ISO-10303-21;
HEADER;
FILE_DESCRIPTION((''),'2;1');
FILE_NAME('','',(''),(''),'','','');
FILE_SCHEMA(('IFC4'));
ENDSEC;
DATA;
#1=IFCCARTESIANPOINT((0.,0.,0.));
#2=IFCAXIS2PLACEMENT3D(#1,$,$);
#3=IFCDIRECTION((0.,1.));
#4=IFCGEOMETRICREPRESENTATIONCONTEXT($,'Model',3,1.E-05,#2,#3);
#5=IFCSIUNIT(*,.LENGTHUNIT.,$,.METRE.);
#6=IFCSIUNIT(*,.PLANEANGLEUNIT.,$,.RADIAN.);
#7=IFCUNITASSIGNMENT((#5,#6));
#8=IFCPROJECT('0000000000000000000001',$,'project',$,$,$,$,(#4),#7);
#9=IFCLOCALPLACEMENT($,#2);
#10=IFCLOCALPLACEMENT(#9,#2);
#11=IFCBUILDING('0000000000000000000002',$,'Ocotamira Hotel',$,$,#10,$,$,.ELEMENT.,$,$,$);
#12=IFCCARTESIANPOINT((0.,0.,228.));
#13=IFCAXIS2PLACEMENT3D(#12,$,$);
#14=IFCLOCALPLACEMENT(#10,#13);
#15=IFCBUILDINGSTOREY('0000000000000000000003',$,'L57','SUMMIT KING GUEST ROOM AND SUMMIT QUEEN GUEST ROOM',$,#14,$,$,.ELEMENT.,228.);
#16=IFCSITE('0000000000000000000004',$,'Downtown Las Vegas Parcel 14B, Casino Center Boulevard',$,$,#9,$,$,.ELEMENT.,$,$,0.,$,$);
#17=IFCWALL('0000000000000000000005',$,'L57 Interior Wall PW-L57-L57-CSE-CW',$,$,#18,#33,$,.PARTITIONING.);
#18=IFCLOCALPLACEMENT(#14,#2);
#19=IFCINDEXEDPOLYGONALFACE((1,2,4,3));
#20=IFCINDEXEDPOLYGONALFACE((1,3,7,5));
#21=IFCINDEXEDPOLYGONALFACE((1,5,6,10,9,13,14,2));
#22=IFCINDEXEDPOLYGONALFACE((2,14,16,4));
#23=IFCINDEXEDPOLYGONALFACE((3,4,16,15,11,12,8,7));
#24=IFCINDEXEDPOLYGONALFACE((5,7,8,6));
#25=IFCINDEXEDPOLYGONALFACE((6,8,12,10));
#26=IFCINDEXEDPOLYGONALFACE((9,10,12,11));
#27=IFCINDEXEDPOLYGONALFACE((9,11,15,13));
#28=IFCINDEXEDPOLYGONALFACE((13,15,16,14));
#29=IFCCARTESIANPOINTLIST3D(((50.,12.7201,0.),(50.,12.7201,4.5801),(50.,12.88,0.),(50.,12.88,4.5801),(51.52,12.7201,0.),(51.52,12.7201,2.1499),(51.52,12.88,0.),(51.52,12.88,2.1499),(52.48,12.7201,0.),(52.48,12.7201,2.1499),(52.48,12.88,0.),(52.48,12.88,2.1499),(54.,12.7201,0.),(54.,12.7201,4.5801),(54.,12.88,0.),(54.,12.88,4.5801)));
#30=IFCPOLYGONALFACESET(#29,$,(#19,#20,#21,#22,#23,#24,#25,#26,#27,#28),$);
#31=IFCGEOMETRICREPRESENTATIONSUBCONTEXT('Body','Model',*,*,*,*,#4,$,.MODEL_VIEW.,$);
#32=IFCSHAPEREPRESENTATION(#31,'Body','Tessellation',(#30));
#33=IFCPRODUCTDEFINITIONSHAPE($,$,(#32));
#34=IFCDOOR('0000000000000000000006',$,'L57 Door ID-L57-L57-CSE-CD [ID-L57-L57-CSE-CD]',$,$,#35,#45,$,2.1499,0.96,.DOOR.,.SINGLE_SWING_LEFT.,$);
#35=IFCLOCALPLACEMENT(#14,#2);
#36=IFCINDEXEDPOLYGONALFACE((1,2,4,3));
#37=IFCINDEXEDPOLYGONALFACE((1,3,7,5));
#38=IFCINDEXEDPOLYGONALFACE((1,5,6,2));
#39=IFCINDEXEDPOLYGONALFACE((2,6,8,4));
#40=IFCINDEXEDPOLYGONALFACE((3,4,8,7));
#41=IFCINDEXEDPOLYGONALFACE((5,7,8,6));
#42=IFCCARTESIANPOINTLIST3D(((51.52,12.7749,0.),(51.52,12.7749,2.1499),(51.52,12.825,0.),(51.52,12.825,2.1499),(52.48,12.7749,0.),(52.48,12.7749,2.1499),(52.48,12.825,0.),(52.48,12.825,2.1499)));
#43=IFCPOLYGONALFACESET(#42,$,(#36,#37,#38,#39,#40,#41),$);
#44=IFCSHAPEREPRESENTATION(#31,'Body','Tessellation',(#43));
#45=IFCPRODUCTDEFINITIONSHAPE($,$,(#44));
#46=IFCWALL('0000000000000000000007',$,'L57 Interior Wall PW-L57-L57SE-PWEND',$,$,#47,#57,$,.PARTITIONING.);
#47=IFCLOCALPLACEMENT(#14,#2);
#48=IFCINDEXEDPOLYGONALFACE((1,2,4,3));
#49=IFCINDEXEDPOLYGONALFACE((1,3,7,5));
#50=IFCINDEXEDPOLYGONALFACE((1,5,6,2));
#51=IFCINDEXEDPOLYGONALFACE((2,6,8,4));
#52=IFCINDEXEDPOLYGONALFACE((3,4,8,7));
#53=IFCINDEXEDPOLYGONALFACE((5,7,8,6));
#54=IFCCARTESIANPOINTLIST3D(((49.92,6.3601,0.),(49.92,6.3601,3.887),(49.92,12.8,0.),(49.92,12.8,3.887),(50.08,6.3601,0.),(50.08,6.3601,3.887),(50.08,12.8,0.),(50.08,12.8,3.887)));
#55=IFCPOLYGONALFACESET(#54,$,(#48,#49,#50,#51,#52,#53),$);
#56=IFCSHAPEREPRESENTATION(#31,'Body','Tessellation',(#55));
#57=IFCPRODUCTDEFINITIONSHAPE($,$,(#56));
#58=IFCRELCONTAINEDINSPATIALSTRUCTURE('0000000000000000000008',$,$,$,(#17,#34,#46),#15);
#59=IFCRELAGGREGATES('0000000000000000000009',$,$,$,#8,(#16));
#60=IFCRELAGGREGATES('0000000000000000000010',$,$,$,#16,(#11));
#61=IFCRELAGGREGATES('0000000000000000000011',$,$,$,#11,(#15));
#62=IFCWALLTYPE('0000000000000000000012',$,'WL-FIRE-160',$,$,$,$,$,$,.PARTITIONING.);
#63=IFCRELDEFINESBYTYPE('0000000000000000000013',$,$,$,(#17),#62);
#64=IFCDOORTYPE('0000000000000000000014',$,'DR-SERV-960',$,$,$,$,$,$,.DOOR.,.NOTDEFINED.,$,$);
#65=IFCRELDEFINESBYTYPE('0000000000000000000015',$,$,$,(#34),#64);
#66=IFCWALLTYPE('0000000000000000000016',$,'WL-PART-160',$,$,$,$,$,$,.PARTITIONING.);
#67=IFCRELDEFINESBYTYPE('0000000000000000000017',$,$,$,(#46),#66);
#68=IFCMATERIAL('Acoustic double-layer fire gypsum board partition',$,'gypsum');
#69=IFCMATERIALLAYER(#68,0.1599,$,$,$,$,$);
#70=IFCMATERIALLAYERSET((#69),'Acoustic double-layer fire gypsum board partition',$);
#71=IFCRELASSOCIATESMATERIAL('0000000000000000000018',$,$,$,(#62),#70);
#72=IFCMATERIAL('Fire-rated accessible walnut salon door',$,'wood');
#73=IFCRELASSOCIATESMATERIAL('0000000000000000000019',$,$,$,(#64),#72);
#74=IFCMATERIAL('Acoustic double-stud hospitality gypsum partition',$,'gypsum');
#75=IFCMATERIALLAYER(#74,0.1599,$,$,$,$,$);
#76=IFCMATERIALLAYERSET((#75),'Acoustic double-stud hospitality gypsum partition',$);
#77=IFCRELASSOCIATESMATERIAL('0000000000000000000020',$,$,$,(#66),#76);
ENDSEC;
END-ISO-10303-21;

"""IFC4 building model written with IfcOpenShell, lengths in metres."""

from ifc_helpers import new_model, si_unit, direction, frame, frame_2d, origin, place, context, subcontext, project, spatial, rectangle, extrude, source, transform, mapped, material, layer, layer_set, type_object, element, fill, save


model = new_model("IFC4")

# Units and contexts
model_context = context("Model", 3, precision=1e-05, world=origin(), true_north=direction((0.0, 1.0)))
body_context = subcontext(model_context, "Body", "Model", "MODEL_VIEW")
ifc_project = project(units=[si_unit("LENGTHUNIT", "METRE"), si_unit("PLANEANGLEUNIT", "RADIAN")], contexts=[model_context])

# Site, building, storey
site_placement = place(None, origin())
site = spatial("IfcSite", under=ifc_project, at=site_placement, Name="Downtown Las Vegas Parcel 14B, Casino Center Boulevard", CompositionType="ELEMENT", RefElevation=0.0)
building_placement = place(site_placement, origin())
building = spatial("IfcBuilding", under=site, at=building_placement, Name="Ocotamira Hotel", CompositionType="ELEMENT")
storey_placement = place(building_placement, frame((0.0, 0.0, 228.0)))
storey = spatial("IfcBuildingStorey", under=building, at=storey_placement, Name="L57", Description="SUMMIT KING GUEST ROOM AND SUMMIT QUEEN GUEST ROOM", CompositionType="ELEMENT", Elevation=228.0)

# Shared definitions
ifc_material_1 = material(Name="Acoustic double-layer fire gypsum board partition", Category="gypsum")
ifc_layer_1 = layer(ifc_material_1, 0.1599)
ifc_layer_set_1 = layer_set([ifc_layer_1], Name="Acoustic double-layer fire gypsum board partition")
wall_type_1 = type_object("IfcWallType", Name="WL-FIRE-160", PredefinedType="PARTITIONING", material=ifc_layer_set_1)

# Wall, opening, door
wall_1_placement = place(storey_placement, frame((50.0, 12.8, 0.0), z_axis=(0.0, 0.0, 1.0), x_axis=(1.0, 0.0, 0.0)))
wall_1 = element("IfcWall", 1, at=wall_1_placement, inside=storey, type_object=wall_type_1, Name="L57 Interior Wall PW-L57-L57-CSE-CW", PredefinedType="PARTITIONING", context=body_context, shape_type="SweptSolid", body=[
    extrude(rectangle(XDim=4.0, YDim=0.1599, at=frame_2d((2.0, 0.0))), origin(), (0.0, 0.0, 1.0), 4.5801),
])
opening_1_placement = place(wall_1_placement, frame((1.52, 0.0, 0.0)))
opening_1 = element("IfcOpeningElement", 2, at=opening_1_placement, cuts=wall_1, PredefinedType="OPENING", context=body_context, shape_type="SweptSolid", body=[
    extrude(rectangle(XDim=0.96, YDim=2.1499, at=frame_2d((0.48, 1.075))), frame((0.0, 0.0898, 0.0), z_axis=(0.0, -1.0, 0.0), x_axis=(1.0, 0.0, 0.0)), (0.0, 0.0, 1.0), 0.1799),
])
ifc_material_2 = material(Name="Fire-rated accessible walnut salon door", Category="wood")
door_type_1 = type_object("IfcDoorType", Name="DR-SERV-960", OperationType="NOTDEFINED", PredefinedType="DOOR", material=ifc_material_2)
shared_shape_1 = source(origin(), body_context, "Body", "SweptSolid", [
    extrude(rectangle(XDim=0.96, YDim=2.1499, at=frame_2d((0.48, 1.075))), frame((0.0, 0.0249, 0.0), z_axis=(0.0, -1.0, 0.0), x_axis=(1.0, 0.0, 0.0)), (0.0, 0.0, 1.0), 0.05),
])
door_1_placement = place(opening_1_placement, origin())
door_1 = element("IfcDoor", 3, at=door_1_placement, inside=storey, type_object=door_type_1, Name="L57 Door ID-L57-L57-CSE-CD [ID-L57-L57-CSE-CD]", OperationType="SINGLE_SWING_LEFT", OverallHeight=2.1499, OverallWidth=0.96, PredefinedType="DOOR", context=body_context, shape_type="MappedRepresentation", body=[
    mapped(shared_shape_1, transform((0.0, 0.0, 0.0), scale=1.0)),
])
fill(opening_1, door_1)

# Wall
ifc_material_3 = material(Name="Acoustic double-stud hospitality gypsum partition", Category="gypsum")
ifc_layer_2 = layer(ifc_material_3, 0.1599)
ifc_layer_set_2 = layer_set([ifc_layer_2], Name="Acoustic double-stud hospitality gypsum partition")
wall_type_2 = type_object("IfcWallType", Name="WL-PART-160", PredefinedType="PARTITIONING", material=ifc_layer_set_2)
wall_2_placement = place(storey_placement, frame((50.0, 6.3601, 0.0), z_axis=(0.0, 0.0, 1.0), x_axis=(0.0, 1.0, 0.0)))
element("IfcWall", 4, at=wall_2_placement, inside=storey, type_object=wall_type_2, Name="L57 Interior Wall PW-L57-L57SE-PWEND", PredefinedType="PARTITIONING", context=body_context, shape_type="SweptSolid", body=[
    extrude(rectangle(XDim=6.4399, YDim=0.1599, at=frame_2d((3.22, 0.0))), origin(), (0.0, 0.0, 1.0), 3.887),
])

save(model, "model.ifc")
